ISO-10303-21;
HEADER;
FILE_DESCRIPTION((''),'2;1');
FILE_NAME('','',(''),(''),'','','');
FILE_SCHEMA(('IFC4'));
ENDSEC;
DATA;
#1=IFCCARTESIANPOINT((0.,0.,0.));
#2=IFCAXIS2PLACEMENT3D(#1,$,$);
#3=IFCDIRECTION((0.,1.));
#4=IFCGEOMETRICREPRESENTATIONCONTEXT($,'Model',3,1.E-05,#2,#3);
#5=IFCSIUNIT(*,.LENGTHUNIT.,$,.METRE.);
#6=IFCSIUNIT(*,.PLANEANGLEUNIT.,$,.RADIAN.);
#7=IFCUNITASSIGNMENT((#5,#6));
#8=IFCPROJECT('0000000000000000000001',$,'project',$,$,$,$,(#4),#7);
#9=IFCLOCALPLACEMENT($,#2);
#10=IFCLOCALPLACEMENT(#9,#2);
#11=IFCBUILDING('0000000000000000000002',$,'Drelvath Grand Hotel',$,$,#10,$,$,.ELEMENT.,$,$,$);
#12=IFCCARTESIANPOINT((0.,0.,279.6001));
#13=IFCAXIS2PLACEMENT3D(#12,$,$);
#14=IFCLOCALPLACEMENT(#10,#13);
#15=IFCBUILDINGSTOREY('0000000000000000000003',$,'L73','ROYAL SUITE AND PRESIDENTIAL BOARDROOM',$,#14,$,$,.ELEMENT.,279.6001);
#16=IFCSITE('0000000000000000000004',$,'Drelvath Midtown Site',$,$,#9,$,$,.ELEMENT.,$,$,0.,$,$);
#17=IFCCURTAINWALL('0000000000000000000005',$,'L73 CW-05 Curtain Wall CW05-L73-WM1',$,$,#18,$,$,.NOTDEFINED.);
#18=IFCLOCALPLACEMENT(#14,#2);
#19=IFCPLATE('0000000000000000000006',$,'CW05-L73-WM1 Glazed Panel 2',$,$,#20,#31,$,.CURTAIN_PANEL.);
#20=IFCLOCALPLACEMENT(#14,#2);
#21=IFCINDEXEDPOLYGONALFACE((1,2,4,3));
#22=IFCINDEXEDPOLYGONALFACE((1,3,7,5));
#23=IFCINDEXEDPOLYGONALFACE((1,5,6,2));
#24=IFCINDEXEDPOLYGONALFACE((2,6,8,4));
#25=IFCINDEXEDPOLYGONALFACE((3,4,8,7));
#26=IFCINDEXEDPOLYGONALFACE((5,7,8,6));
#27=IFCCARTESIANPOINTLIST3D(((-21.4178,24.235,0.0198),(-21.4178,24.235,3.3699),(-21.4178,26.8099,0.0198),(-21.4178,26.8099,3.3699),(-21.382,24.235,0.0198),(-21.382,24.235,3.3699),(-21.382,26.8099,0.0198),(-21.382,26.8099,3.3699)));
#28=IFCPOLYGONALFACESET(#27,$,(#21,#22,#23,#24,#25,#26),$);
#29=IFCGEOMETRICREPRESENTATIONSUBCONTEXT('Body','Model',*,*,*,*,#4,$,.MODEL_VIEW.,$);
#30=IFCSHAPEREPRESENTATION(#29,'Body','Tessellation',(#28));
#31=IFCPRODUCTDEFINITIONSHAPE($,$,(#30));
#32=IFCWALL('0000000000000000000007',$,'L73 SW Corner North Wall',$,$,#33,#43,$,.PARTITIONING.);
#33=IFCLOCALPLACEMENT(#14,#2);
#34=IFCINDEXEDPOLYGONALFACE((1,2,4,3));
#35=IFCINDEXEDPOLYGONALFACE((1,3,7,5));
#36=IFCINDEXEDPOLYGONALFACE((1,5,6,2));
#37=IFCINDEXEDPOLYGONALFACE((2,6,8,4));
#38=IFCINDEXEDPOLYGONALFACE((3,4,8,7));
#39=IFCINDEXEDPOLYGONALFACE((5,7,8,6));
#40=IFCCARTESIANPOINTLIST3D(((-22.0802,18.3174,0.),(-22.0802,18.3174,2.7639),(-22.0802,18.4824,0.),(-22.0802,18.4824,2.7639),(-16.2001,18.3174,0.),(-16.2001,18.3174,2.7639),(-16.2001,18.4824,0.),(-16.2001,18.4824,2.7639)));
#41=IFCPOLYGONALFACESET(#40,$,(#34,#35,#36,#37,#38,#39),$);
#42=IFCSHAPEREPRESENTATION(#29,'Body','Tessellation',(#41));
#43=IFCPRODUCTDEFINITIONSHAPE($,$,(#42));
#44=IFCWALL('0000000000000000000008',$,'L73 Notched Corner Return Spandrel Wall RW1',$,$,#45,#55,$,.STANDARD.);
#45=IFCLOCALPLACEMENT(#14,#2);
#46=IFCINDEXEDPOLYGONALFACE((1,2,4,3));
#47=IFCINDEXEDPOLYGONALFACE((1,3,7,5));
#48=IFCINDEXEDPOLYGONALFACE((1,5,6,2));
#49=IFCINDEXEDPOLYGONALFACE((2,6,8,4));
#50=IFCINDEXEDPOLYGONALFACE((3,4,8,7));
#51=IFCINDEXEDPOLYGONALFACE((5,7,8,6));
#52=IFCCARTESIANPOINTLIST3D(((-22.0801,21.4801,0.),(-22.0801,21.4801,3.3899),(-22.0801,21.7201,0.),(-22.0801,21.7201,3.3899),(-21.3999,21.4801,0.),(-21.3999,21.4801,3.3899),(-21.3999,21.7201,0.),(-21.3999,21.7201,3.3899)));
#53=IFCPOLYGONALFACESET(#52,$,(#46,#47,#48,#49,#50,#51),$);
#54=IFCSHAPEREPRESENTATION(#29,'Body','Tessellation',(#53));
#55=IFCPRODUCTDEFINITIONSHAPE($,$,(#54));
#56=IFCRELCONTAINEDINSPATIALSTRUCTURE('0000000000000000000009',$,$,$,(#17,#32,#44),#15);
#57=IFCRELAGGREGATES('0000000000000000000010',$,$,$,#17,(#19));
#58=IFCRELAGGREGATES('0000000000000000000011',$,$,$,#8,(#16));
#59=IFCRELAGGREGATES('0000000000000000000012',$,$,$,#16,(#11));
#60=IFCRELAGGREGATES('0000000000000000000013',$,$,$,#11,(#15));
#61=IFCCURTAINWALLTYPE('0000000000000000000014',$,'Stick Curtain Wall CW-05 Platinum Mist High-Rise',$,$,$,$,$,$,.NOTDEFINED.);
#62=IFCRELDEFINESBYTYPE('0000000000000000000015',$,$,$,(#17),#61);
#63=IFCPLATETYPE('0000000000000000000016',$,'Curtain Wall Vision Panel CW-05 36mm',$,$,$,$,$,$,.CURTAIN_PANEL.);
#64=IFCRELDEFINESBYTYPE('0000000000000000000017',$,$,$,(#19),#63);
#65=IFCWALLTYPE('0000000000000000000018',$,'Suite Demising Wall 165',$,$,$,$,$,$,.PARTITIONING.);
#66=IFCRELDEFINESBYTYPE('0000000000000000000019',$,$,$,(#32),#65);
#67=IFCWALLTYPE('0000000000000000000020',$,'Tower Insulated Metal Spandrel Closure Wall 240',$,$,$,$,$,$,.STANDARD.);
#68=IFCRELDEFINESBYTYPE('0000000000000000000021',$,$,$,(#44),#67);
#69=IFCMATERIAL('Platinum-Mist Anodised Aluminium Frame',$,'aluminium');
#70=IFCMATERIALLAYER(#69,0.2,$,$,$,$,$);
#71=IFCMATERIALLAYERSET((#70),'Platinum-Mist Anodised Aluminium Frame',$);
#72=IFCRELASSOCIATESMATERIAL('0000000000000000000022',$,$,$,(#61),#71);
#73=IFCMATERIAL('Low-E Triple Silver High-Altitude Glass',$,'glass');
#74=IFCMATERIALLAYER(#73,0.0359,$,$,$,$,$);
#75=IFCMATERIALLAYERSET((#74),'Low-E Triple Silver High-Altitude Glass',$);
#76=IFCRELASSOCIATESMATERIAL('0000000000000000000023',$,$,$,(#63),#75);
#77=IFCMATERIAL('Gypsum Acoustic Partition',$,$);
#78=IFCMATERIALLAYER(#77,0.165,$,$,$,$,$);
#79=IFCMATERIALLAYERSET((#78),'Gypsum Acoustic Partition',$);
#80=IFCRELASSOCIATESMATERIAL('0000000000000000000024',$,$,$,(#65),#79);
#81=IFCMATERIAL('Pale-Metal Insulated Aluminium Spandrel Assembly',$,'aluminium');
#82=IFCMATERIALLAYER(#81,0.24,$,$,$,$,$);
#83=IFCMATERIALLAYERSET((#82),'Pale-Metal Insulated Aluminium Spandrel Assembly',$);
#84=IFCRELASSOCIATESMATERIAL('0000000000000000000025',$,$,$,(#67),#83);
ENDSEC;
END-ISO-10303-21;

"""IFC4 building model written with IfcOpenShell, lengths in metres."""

from ifc_helpers import new_model, si_unit, direction, frame, frame_2d, origin, origin_2d, place, context, subcontext, project, spatial, rectangle, extrude, material, layer, layer_set, type_object, element, aggregate, save


model = new_model("IFC4")

# Units and contexts
model_context = context("Model", 3, precision=1e-05, world=origin(), true_north=direction((0.0, 1.0)))
body_context = subcontext(model_context, "Body", "Model", "MODEL_VIEW")
ifc_project = project(units=[si_unit("LENGTHUNIT", "METRE"), si_unit("PLANEANGLEUNIT", "RADIAN")], contexts=[model_context])

# Site, building, storey
site_placement = place(None, origin())
site = spatial("IfcSite", under=ifc_project, at=site_placement, Name="Drelvath Midtown Site", CompositionType="ELEMENT", RefElevation=0.0)
building_placement = place(site_placement, origin())
building = spatial("IfcBuilding", under=site, at=building_placement, Name="Drelvath Grand Hotel", CompositionType="ELEMENT")
storey_placement = place(building_placement, frame((0.0, 0.0, 279.6001)))
storey = spatial("IfcBuildingStorey", under=building, at=storey_placement, Name="L73", Description="ROYAL SUITE AND PRESIDENTIAL BOARDROOM", CompositionType="ELEMENT", Elevation=279.6001)

# Curtain wall
ifc_material_1 = material(Name="Platinum-Mist Anodised Aluminium Frame", Category="aluminium")
ifc_layer_1 = layer(ifc_material_1, 0.2)
ifc_layer_set_1 = layer_set([ifc_layer_1], Name="Platinum-Mist Anodised Aluminium Frame")
curtain_wall_type = type_object("IfcCurtainWallType", Name="Stick Curtain Wall CW-05 Platinum Mist High-Rise", PredefinedType="NOTDEFINED", material=ifc_layer_set_1)
curtain_wall_1_placement = place(storey_placement, origin())
curtain_wall_1 = element("IfcCurtainWall", 1, at=curtain_wall_1_placement, inside=storey, type_object=curtain_wall_type, Name="L73 CW-05 Curtain Wall CW05-L73-WM1", PredefinedType="NOTDEFINED")

# Plate
ifc_material_2 = material(Name="Low-E Triple Silver High-Altitude Glass", Category="glass")
ifc_layer_2 = layer(ifc_material_2, 0.0359)
ifc_layer_set_2 = layer_set([ifc_layer_2], Name="Low-E Triple Silver High-Altitude Glass")
plate_type = type_object("IfcPlateType", Name="Curtain Wall Vision Panel CW-05 36mm", PredefinedType="CURTAIN_PANEL", material=ifc_layer_set_2)
plate_1_placement = place(storey_placement, frame((-21.3999, 25.5225, 0.0198), z_axis=(0.0, 0.0, 1.0), x_axis=(0.0, 1.0, 0.0)))
plate_1 = element("IfcPlate", 2, at=plate_1_placement, type_object=plate_type, Name="CW05-L73-WM1 Glazed Panel 2", PredefinedType="CURTAIN_PANEL", context=body_context, shape_type="SweptSolid", body=[
    extrude(rectangle(XDim=2.575, YDim=0.0359, at=origin_2d()), origin(), (0.0, 0.0, 1.0), 3.3501),
])
aggregate(curtain_wall_1, [plate_1])

# Walls
ifc_material_3 = material(Name="Gypsum Acoustic Partition")
ifc_layer_3 = layer(ifc_material_3, 0.165)
ifc_layer_set_3 = layer_set([ifc_layer_3], Name="Gypsum Acoustic Partition")
wall_type_1 = type_object("IfcWallType", Name="Suite Demising Wall 165", PredefinedType="PARTITIONING", material=ifc_layer_set_3)
wall_1_placement = place(storey_placement, frame((-22.0801, 18.3999, 0.0), z_axis=(0.0, 0.0, 1.0), x_axis=(1.0, 0.0, 0.0)))
element("IfcWall", 3, at=wall_1_placement, inside=storey, type_object=wall_type_1, Name="L73 SW Corner North Wall", PredefinedType="PARTITIONING", context=body_context, shape_type="SweptSolid", body=[
    extrude(rectangle(XDim=5.8801, YDim=0.165, at=frame_2d((2.9399, 0.0))), origin(), (0.0, 0.0, 1.0), 2.7639),
])
ifc_material_4 = material(Name="Pale-Metal Insulated Aluminium Spandrel Assembly", Category="aluminium")
ifc_layer_4 = layer(ifc_material_4, 0.24)
ifc_layer_set_4 = layer_set([ifc_layer_4], Name="Pale-Metal Insulated Aluminium Spandrel Assembly")
wall_type_2 = type_object("IfcWallType", Name="Tower Insulated Metal Spandrel Closure Wall 240", PredefinedType="STANDARD", material=ifc_layer_set_4)
wall_2_placement = place(storey_placement, frame((-22.0801, 21.6001, 0.0), z_axis=(0.0, 0.0, 1.0), x_axis=(1.0, 0.0, 0.0)))
element("IfcWall", 4, at=wall_2_placement, inside=storey, type_object=wall_type_2, Name="L73 Notched Corner Return Spandrel Wall RW1", PredefinedType="STANDARD", context=body_context, shape_type="SweptSolid", body=[
    extrude(rectangle(XDim=0.6802, YDim=0.24, at=frame_2d((0.3401, 0.0))), origin(), (0.0, 0.0, 1.0), 3.3899),
])

save(model, "model.ifc")
